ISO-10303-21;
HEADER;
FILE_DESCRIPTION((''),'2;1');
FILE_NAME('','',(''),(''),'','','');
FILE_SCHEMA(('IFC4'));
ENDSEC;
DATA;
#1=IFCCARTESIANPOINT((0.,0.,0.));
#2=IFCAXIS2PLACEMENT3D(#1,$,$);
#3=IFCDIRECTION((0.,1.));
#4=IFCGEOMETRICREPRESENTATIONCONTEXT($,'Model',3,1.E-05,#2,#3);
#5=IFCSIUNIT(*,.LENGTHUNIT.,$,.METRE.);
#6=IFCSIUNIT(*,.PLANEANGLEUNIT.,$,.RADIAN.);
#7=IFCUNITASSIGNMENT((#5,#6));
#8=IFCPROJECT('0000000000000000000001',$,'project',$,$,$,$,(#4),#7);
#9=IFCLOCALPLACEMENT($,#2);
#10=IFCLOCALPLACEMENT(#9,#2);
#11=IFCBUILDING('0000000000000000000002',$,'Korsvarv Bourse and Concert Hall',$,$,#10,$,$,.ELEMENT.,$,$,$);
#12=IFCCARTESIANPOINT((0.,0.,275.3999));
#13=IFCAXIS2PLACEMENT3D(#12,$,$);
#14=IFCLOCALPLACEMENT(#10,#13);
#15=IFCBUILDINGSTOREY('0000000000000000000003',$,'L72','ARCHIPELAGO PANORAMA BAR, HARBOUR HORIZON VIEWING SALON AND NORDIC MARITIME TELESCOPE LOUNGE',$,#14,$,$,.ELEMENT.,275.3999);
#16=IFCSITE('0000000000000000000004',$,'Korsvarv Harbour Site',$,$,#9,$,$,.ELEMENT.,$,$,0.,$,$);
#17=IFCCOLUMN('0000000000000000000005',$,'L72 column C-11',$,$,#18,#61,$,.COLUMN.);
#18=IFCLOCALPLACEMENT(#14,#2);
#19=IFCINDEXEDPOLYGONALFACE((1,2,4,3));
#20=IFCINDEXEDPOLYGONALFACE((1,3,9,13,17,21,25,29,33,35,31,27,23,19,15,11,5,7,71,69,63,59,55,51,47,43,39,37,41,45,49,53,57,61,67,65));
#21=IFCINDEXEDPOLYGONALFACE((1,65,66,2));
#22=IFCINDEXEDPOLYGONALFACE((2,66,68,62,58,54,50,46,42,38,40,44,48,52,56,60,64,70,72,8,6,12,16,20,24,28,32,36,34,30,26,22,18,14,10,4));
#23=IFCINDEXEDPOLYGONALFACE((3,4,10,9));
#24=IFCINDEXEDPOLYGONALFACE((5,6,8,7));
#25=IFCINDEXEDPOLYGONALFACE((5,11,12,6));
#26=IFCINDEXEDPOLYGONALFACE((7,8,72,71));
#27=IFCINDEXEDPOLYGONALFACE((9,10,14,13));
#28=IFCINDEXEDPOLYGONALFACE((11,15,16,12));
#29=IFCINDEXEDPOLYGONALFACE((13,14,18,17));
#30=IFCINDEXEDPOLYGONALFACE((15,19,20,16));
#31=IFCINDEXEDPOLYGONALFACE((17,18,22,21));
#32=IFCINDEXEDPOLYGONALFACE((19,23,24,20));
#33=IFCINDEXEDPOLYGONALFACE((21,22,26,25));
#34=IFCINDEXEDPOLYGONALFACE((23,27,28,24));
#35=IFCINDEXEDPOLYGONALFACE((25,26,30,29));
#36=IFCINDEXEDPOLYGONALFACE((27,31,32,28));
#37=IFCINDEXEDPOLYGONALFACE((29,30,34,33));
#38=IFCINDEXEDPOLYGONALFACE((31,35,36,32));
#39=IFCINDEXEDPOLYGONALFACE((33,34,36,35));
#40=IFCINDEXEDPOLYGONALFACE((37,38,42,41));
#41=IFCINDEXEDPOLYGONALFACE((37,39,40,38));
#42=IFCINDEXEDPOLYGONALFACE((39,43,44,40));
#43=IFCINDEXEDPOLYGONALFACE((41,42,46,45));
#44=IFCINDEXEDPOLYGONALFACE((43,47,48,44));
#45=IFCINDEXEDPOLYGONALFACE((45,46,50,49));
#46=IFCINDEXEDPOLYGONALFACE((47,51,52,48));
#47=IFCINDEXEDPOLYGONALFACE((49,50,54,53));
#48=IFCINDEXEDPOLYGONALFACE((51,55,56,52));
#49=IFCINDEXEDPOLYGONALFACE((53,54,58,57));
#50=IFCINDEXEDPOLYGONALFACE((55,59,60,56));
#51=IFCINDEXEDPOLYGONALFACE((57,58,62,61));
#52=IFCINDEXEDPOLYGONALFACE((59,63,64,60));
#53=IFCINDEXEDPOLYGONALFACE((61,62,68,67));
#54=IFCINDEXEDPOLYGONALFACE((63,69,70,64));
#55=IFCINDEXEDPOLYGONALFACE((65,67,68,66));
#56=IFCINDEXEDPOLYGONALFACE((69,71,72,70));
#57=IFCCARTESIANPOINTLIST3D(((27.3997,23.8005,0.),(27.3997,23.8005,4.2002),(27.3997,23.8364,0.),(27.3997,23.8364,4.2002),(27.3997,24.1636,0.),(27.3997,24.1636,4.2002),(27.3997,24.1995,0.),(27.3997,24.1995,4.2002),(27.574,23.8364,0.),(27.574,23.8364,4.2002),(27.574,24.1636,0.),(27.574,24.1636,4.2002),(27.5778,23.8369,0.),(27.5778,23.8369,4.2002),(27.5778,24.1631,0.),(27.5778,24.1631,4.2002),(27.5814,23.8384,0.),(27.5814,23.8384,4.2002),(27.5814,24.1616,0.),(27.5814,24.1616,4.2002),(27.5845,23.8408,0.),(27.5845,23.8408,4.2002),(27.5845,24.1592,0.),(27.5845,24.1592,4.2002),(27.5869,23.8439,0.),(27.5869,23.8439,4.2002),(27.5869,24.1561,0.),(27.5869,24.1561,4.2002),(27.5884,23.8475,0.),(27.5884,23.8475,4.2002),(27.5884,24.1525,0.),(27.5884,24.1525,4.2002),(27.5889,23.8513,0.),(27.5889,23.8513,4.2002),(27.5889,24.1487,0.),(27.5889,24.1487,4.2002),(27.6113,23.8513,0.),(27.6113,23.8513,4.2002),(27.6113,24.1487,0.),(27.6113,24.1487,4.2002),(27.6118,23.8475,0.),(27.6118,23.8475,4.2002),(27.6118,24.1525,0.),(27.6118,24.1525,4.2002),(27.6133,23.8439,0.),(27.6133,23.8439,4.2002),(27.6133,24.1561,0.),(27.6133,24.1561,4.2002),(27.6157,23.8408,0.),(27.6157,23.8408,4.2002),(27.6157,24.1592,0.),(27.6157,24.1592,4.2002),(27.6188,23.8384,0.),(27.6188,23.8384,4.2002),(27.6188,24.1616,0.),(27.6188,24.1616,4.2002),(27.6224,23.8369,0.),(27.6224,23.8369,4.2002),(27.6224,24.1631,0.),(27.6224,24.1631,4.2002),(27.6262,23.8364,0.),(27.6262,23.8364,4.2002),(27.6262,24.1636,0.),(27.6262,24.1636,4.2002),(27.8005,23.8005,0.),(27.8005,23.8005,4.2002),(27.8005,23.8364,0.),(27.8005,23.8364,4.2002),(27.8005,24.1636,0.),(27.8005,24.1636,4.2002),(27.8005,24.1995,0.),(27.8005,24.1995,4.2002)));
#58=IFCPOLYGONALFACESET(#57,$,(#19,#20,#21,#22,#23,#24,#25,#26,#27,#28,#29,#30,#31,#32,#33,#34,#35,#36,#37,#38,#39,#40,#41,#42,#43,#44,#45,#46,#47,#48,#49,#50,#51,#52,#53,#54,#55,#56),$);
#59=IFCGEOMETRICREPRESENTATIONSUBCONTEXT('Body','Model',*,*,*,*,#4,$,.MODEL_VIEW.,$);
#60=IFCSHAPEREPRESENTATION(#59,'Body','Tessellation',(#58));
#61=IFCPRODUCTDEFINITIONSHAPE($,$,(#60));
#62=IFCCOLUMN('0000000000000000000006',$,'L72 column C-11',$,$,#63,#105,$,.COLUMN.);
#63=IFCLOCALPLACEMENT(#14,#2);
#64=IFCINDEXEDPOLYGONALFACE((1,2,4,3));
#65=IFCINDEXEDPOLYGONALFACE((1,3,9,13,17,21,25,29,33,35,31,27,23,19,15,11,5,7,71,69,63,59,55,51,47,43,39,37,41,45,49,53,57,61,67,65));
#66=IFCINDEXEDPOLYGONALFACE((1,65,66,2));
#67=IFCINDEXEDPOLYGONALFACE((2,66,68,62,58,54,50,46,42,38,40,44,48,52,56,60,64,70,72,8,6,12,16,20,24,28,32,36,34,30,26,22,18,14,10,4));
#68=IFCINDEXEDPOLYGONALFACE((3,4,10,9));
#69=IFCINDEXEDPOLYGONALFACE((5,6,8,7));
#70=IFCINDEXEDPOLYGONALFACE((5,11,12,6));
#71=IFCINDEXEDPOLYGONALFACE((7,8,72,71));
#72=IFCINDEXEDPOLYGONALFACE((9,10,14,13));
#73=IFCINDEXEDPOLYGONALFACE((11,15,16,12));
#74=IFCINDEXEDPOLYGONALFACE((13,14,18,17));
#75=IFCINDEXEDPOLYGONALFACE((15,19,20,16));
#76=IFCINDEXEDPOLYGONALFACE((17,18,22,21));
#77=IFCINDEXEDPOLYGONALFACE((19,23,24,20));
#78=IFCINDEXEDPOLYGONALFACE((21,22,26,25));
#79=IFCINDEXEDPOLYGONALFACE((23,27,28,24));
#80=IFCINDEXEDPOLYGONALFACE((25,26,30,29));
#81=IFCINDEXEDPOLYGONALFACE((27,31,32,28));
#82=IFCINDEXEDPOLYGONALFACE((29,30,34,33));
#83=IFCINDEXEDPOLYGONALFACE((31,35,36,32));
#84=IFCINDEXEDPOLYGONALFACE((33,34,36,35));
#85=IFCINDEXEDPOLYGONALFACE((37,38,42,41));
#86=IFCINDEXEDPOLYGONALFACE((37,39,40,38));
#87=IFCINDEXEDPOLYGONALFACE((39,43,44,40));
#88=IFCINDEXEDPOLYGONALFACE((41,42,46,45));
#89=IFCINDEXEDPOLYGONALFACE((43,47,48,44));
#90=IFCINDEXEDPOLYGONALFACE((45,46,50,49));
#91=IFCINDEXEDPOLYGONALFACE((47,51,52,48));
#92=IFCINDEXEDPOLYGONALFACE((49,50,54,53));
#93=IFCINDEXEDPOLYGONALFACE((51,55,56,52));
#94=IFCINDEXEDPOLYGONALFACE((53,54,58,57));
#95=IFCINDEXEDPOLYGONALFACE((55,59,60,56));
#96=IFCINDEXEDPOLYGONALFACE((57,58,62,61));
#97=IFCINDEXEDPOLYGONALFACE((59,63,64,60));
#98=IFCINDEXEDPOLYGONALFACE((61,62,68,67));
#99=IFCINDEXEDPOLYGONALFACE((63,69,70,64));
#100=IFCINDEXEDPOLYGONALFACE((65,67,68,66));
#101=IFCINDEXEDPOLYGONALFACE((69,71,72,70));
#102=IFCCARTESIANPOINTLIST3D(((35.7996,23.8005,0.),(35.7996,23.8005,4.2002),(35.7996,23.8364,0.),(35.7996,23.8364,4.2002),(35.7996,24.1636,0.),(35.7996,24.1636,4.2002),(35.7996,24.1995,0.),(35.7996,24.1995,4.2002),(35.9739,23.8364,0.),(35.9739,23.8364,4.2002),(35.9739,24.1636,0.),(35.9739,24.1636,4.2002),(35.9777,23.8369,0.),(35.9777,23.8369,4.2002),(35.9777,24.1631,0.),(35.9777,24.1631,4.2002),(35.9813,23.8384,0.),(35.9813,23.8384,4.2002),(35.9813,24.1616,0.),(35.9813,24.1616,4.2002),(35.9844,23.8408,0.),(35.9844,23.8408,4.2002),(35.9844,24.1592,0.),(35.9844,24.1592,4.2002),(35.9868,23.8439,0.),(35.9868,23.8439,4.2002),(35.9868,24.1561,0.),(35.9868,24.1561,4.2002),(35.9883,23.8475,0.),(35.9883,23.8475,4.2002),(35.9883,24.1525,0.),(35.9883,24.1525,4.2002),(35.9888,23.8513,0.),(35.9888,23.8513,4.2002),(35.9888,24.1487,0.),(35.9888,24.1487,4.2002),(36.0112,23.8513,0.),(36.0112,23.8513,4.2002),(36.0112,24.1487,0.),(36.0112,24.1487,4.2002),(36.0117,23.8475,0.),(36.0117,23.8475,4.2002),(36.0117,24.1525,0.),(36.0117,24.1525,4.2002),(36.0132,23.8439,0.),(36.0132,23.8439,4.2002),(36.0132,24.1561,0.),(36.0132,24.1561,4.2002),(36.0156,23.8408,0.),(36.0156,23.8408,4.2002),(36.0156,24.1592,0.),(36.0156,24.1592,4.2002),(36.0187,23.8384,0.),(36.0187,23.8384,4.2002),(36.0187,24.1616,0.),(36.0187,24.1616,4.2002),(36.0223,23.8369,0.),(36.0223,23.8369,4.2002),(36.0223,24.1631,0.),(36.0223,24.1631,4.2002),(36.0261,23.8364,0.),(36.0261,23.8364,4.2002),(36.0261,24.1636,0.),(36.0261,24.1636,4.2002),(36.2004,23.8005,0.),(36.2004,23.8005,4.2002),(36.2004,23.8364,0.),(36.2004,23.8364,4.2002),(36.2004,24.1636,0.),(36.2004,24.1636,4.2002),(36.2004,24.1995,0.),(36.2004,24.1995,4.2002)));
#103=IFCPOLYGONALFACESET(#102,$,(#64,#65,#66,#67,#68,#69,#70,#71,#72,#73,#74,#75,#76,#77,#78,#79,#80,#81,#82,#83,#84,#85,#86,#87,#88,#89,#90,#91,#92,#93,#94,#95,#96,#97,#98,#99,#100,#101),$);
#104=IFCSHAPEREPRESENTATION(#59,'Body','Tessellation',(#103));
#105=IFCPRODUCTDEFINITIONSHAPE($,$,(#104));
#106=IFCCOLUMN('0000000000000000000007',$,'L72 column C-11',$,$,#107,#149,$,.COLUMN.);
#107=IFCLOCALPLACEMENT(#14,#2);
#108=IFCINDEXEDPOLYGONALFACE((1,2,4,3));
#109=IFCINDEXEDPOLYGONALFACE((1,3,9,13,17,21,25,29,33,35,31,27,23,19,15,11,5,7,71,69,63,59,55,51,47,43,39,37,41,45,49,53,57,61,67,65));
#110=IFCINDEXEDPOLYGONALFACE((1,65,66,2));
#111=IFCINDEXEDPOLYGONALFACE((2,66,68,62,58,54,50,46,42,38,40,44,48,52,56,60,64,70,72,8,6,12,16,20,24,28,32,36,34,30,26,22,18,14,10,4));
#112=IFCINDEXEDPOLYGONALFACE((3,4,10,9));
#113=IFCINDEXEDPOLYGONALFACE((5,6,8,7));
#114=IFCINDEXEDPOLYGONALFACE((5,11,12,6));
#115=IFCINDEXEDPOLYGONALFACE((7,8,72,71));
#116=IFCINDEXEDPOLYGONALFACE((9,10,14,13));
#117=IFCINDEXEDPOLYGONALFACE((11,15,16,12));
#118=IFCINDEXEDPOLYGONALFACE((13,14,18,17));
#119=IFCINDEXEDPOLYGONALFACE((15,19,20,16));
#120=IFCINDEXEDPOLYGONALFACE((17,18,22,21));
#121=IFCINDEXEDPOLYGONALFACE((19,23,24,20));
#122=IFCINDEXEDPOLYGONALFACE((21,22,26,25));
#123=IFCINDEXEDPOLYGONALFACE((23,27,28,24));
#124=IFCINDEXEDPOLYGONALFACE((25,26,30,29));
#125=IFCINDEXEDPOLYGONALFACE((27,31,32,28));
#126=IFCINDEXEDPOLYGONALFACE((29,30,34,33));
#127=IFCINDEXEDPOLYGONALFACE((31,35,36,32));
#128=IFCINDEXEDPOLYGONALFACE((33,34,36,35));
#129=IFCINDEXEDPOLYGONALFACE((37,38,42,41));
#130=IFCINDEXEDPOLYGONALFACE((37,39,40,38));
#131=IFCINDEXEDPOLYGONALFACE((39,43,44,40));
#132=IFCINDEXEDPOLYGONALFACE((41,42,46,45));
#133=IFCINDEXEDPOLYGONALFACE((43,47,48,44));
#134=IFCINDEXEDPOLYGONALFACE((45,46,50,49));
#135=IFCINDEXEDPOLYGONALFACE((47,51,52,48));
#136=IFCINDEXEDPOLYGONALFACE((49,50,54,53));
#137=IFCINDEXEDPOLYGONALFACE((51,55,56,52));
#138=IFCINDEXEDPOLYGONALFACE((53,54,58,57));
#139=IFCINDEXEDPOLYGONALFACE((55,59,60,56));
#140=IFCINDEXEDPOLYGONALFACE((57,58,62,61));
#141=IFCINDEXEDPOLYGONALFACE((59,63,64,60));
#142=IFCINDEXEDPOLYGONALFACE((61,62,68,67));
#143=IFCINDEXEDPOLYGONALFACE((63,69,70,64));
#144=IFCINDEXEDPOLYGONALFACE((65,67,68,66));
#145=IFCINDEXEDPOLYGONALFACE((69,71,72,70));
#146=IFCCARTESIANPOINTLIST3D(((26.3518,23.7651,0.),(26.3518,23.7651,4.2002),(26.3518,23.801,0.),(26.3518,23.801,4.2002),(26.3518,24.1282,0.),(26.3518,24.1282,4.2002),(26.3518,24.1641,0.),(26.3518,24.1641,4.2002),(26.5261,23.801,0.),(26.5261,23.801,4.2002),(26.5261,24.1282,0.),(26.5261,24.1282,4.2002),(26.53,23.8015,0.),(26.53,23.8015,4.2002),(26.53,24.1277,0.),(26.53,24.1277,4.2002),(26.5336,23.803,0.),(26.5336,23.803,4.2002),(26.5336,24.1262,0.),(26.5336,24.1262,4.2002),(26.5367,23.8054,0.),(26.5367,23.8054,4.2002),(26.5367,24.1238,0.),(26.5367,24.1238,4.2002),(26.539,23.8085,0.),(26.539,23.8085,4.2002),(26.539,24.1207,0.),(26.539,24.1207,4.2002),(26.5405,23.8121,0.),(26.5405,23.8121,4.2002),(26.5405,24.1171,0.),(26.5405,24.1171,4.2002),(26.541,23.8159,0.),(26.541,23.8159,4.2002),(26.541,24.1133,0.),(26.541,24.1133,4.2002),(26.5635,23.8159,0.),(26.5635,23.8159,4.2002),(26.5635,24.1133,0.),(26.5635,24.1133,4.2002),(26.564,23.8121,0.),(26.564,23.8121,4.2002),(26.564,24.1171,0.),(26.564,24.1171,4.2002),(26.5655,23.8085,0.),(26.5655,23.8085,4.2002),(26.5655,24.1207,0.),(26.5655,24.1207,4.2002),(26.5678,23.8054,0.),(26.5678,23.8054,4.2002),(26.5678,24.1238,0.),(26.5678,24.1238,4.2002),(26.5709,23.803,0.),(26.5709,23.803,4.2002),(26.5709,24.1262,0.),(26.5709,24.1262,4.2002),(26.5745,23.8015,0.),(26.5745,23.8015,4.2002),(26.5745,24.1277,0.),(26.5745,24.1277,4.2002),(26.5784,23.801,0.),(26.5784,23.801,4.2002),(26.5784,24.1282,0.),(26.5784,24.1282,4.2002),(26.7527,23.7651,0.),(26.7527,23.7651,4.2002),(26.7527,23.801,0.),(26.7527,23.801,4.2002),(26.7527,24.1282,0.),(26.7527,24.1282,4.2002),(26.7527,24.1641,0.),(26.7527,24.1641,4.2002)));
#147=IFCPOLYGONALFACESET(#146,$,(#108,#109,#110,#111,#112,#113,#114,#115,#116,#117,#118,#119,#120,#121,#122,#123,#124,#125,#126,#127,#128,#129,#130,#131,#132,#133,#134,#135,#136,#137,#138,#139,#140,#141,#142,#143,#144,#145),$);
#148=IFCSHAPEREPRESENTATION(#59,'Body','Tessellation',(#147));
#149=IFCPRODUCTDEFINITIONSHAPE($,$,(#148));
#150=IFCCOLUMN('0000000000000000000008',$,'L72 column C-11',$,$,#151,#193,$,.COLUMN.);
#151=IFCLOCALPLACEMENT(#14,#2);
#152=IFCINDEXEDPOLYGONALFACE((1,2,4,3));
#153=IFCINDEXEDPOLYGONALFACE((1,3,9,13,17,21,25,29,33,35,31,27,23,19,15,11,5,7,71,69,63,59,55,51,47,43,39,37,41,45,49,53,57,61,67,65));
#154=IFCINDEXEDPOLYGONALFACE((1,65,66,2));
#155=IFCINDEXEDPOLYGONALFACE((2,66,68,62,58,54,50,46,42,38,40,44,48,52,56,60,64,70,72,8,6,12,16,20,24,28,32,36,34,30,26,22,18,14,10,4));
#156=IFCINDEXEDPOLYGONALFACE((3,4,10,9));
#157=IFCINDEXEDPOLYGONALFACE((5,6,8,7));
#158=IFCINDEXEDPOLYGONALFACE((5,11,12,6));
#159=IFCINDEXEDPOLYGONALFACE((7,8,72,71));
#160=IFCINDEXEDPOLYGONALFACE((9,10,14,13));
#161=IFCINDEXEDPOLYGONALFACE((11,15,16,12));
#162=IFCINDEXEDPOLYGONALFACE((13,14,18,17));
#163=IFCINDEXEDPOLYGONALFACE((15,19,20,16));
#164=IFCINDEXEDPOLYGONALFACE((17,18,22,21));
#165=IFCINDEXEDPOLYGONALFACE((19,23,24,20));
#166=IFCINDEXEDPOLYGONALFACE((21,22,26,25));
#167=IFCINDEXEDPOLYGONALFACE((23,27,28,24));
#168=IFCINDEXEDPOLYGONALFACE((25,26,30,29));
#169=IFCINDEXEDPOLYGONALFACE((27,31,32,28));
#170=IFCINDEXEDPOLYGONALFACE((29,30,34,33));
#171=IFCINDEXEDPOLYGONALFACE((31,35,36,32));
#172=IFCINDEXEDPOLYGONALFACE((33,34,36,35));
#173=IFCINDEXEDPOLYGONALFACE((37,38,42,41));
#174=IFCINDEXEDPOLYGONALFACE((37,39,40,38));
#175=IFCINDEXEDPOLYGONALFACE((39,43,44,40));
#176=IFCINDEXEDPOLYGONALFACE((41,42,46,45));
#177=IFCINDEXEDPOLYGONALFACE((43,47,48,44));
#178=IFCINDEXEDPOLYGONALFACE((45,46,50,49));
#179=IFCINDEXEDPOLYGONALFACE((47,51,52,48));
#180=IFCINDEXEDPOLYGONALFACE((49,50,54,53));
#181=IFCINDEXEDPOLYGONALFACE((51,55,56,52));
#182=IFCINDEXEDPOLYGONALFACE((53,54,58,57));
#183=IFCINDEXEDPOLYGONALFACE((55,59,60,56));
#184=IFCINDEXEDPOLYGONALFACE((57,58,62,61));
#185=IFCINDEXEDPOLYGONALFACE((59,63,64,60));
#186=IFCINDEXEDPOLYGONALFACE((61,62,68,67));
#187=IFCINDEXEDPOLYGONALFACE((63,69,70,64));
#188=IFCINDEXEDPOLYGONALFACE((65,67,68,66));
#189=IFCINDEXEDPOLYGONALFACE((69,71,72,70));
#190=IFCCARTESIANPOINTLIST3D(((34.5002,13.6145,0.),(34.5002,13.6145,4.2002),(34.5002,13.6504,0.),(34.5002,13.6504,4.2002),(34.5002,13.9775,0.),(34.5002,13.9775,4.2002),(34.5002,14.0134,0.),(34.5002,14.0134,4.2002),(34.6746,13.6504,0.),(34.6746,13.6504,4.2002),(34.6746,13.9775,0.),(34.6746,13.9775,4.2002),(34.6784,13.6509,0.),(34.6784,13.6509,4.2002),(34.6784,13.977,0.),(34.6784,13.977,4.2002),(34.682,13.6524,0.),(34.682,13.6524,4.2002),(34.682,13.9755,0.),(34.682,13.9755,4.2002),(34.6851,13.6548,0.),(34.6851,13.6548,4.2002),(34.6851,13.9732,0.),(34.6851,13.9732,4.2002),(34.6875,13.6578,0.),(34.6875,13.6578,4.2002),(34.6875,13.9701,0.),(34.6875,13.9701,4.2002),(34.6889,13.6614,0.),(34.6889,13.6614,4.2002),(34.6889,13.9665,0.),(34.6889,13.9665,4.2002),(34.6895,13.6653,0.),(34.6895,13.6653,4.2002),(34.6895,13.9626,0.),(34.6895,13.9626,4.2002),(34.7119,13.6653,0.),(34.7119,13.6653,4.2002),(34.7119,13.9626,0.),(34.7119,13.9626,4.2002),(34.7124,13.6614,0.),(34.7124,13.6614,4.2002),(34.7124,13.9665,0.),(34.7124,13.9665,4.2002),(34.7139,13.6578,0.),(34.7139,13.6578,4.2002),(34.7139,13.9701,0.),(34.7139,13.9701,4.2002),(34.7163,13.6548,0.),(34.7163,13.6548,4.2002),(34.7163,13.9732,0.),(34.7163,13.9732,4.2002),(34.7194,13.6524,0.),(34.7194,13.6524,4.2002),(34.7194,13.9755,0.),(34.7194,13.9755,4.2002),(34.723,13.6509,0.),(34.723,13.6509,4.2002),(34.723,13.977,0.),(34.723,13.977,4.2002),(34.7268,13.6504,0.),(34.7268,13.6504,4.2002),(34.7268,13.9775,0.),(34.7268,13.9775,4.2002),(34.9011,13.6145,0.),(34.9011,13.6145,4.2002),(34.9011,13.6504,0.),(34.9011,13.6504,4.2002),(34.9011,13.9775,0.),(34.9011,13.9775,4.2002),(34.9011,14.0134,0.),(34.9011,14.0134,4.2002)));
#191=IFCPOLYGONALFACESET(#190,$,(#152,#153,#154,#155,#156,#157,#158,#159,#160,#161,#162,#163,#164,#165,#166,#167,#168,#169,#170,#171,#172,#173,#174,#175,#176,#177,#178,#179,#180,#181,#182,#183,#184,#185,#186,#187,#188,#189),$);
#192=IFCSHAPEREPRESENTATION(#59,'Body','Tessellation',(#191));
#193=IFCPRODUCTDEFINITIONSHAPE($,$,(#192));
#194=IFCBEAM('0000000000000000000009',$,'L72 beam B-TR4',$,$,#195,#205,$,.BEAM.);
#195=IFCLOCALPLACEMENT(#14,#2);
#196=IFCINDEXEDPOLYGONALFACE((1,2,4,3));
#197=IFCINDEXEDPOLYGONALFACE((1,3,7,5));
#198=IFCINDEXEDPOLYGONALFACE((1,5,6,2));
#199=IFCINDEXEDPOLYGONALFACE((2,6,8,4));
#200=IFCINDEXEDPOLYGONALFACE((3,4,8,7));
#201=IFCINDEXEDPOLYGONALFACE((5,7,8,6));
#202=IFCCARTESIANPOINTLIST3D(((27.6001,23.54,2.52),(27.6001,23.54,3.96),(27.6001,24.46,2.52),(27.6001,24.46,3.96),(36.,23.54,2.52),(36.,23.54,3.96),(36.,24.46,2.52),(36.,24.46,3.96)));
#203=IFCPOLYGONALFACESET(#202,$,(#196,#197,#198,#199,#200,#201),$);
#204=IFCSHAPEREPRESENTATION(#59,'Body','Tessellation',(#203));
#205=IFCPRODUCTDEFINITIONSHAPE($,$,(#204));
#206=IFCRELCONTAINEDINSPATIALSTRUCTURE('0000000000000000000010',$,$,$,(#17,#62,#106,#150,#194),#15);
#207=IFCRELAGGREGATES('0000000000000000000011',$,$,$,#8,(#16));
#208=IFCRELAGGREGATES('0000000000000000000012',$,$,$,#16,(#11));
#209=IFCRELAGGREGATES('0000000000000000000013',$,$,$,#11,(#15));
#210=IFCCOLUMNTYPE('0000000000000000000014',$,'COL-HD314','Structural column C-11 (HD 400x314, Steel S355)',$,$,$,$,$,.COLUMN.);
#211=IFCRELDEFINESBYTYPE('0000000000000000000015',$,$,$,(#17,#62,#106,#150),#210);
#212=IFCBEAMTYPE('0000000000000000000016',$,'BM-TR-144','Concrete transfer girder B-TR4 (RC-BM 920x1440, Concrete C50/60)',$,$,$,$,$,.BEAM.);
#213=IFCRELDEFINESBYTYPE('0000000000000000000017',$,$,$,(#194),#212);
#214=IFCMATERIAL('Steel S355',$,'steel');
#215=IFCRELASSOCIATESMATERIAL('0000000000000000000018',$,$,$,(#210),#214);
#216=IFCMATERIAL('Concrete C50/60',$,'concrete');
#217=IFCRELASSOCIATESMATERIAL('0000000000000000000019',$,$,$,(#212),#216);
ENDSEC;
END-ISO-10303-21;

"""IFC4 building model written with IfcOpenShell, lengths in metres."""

from ifc_helpers import new_model, si_unit, direction, frame, origin, origin_2d, place, context, subcontext, project, spatial, rectangle, i_section, extrude, source, transform, mapped, material, material_profile, profile_set, type_object, element, save


model = new_model("IFC4")

# Units and contexts
model_context = context("Model", 3, precision=1e-05, world=origin(), true_north=direction((0.0, 1.0)))
body_context = subcontext(model_context, "Body", "Model", "MODEL_VIEW")
ifc_project = project(units=[si_unit("LENGTHUNIT", "METRE"), si_unit("PLANEANGLEUNIT", "RADIAN")], contexts=[model_context])

# Site, building, storey
site_placement = place(None, origin())
site = spatial("IfcSite", under=ifc_project, at=site_placement, Name="Korsvarv Harbour Site", CompositionType="ELEMENT", RefElevation=0.0)
building_placement = place(site_placement, origin())
building = spatial("IfcBuilding", under=site, at=building_placement, Name="Korsvarv Bourse and Concert Hall", CompositionType="ELEMENT")
storey_placement = place(building_placement, frame((0.0, 0.0, 275.3999)))
storey = spatial("IfcBuildingStorey", under=building, at=storey_placement, Name="L72", Description="ARCHIPELAGO PANORAMA BAR, HARBOUR HORIZON VIEWING SALON AND NORDIC MARITIME TELESCOPE LOUNGE", CompositionType="ELEMENT", Elevation=275.3999)

# Columns
ifc_material_1 = material(Name="Steel S355", Category="steel")
ifc_material_profile_1 = material_profile(ifc_material_1, i_section(OverallWidth=0.4009, OverallDepth=0.3989, WebThickness=0.0225, FlangeThickness=0.0359, FilletRadius=0.0149, at=origin_2d()), Name="HD 400x314")
ifc_profile_set_1 = profile_set([ifc_material_profile_1], Name="Steel S355")
column_type = type_object("IfcColumnType", Name="COL-HD314", Description="Structural column C-11 (HD 400x314, Steel S355)", PredefinedType="COLUMN", material=ifc_profile_set_1)
shared_shape_1 = source(origin(), body_context, "Body", "SweptSolid", [
    extrude(i_section(OverallWidth=0.4009, OverallDepth=0.3989, WebThickness=0.0225, FlangeThickness=0.0359, FilletRadius=0.0149, at=origin_2d()), origin(), (0.0, 0.0, 1.0), 4.2002),
])
for number, where, z_axis, x_axis, name in (
    (1, (27.6001, 24.0, 0.0), (0.0, 0.0, 1.0), (1.0, 0.0, 0.0), "L72 column C-11"),
    (2, (36.0, 24.0, 0.0), (0.0, 0.0, 1.0), (1.0, 0.0, 0.0), "L72 column C-11"),
    (3, (26.5522, 23.9646, 0.0), (0.0, 0.0, 1.0), (1.0, 0.0, 0.0), "L72 column C-11"),
    (4, (34.7007, 13.814, 0.0), (0.0, 0.0, 1.0), (1.0, 0.0, 0.0), "L72 column C-11"),
):
    element("IfcColumn", number, at=place(storey_placement, frame(where, z_axis=z_axis, x_axis=x_axis)), inside=storey, type_object=column_type, Name=name, PredefinedType="COLUMN", context=body_context, shape_type="MappedRepresentation", body=[
        mapped(shared_shape_1, transform((0.0, 0.0, 0.0), scale=1.0)),
    ])

# Beam
ifc_material_2 = material(Name="Concrete C50/60", Category="concrete")
ifc_material_profile_2 = material_profile(ifc_material_2, rectangle(XDim=0.9199, YDim=1.4399, at=origin_2d()), Name="RC-BM 920x1440")
ifc_profile_set_2 = profile_set([ifc_material_profile_2], Name="Concrete C50/60")
beam_type = type_object("IfcBeamType", Name="BM-TR-144", Description="Concrete transfer girder B-TR4 (RC-BM 920x1440, Concrete C50/60)", PredefinedType="BEAM", material=ifc_profile_set_2)
shared_shape_2 = source(origin(), body_context, "Body", "SweptSolid", [
    extrude(rectangle(XDim=0.9199, YDim=1.4399, at=origin_2d()), origin(), (0.0, 0.0, 1.0), 8.3999),
])
for number, where, z_axis, x_axis, name in (
    (5, (27.6001, 24.0, 3.24), (1.0, 0.0, 0.0), (0.0, 1.0, 0.0), "L72 beam B-TR4"),
):
    element("IfcBeam", number, at=place(storey_placement, frame(where, z_axis=z_axis, x_axis=x_axis)), inside=storey, type_object=beam_type, Name=name, PredefinedType="BEAM", context=body_context, shape_type="MappedRepresentation", body=[
        mapped(shared_shape_2, transform((0.0, 0.0, 0.0), scale=1.0)),
    ])

save(model, "model.ifc")
